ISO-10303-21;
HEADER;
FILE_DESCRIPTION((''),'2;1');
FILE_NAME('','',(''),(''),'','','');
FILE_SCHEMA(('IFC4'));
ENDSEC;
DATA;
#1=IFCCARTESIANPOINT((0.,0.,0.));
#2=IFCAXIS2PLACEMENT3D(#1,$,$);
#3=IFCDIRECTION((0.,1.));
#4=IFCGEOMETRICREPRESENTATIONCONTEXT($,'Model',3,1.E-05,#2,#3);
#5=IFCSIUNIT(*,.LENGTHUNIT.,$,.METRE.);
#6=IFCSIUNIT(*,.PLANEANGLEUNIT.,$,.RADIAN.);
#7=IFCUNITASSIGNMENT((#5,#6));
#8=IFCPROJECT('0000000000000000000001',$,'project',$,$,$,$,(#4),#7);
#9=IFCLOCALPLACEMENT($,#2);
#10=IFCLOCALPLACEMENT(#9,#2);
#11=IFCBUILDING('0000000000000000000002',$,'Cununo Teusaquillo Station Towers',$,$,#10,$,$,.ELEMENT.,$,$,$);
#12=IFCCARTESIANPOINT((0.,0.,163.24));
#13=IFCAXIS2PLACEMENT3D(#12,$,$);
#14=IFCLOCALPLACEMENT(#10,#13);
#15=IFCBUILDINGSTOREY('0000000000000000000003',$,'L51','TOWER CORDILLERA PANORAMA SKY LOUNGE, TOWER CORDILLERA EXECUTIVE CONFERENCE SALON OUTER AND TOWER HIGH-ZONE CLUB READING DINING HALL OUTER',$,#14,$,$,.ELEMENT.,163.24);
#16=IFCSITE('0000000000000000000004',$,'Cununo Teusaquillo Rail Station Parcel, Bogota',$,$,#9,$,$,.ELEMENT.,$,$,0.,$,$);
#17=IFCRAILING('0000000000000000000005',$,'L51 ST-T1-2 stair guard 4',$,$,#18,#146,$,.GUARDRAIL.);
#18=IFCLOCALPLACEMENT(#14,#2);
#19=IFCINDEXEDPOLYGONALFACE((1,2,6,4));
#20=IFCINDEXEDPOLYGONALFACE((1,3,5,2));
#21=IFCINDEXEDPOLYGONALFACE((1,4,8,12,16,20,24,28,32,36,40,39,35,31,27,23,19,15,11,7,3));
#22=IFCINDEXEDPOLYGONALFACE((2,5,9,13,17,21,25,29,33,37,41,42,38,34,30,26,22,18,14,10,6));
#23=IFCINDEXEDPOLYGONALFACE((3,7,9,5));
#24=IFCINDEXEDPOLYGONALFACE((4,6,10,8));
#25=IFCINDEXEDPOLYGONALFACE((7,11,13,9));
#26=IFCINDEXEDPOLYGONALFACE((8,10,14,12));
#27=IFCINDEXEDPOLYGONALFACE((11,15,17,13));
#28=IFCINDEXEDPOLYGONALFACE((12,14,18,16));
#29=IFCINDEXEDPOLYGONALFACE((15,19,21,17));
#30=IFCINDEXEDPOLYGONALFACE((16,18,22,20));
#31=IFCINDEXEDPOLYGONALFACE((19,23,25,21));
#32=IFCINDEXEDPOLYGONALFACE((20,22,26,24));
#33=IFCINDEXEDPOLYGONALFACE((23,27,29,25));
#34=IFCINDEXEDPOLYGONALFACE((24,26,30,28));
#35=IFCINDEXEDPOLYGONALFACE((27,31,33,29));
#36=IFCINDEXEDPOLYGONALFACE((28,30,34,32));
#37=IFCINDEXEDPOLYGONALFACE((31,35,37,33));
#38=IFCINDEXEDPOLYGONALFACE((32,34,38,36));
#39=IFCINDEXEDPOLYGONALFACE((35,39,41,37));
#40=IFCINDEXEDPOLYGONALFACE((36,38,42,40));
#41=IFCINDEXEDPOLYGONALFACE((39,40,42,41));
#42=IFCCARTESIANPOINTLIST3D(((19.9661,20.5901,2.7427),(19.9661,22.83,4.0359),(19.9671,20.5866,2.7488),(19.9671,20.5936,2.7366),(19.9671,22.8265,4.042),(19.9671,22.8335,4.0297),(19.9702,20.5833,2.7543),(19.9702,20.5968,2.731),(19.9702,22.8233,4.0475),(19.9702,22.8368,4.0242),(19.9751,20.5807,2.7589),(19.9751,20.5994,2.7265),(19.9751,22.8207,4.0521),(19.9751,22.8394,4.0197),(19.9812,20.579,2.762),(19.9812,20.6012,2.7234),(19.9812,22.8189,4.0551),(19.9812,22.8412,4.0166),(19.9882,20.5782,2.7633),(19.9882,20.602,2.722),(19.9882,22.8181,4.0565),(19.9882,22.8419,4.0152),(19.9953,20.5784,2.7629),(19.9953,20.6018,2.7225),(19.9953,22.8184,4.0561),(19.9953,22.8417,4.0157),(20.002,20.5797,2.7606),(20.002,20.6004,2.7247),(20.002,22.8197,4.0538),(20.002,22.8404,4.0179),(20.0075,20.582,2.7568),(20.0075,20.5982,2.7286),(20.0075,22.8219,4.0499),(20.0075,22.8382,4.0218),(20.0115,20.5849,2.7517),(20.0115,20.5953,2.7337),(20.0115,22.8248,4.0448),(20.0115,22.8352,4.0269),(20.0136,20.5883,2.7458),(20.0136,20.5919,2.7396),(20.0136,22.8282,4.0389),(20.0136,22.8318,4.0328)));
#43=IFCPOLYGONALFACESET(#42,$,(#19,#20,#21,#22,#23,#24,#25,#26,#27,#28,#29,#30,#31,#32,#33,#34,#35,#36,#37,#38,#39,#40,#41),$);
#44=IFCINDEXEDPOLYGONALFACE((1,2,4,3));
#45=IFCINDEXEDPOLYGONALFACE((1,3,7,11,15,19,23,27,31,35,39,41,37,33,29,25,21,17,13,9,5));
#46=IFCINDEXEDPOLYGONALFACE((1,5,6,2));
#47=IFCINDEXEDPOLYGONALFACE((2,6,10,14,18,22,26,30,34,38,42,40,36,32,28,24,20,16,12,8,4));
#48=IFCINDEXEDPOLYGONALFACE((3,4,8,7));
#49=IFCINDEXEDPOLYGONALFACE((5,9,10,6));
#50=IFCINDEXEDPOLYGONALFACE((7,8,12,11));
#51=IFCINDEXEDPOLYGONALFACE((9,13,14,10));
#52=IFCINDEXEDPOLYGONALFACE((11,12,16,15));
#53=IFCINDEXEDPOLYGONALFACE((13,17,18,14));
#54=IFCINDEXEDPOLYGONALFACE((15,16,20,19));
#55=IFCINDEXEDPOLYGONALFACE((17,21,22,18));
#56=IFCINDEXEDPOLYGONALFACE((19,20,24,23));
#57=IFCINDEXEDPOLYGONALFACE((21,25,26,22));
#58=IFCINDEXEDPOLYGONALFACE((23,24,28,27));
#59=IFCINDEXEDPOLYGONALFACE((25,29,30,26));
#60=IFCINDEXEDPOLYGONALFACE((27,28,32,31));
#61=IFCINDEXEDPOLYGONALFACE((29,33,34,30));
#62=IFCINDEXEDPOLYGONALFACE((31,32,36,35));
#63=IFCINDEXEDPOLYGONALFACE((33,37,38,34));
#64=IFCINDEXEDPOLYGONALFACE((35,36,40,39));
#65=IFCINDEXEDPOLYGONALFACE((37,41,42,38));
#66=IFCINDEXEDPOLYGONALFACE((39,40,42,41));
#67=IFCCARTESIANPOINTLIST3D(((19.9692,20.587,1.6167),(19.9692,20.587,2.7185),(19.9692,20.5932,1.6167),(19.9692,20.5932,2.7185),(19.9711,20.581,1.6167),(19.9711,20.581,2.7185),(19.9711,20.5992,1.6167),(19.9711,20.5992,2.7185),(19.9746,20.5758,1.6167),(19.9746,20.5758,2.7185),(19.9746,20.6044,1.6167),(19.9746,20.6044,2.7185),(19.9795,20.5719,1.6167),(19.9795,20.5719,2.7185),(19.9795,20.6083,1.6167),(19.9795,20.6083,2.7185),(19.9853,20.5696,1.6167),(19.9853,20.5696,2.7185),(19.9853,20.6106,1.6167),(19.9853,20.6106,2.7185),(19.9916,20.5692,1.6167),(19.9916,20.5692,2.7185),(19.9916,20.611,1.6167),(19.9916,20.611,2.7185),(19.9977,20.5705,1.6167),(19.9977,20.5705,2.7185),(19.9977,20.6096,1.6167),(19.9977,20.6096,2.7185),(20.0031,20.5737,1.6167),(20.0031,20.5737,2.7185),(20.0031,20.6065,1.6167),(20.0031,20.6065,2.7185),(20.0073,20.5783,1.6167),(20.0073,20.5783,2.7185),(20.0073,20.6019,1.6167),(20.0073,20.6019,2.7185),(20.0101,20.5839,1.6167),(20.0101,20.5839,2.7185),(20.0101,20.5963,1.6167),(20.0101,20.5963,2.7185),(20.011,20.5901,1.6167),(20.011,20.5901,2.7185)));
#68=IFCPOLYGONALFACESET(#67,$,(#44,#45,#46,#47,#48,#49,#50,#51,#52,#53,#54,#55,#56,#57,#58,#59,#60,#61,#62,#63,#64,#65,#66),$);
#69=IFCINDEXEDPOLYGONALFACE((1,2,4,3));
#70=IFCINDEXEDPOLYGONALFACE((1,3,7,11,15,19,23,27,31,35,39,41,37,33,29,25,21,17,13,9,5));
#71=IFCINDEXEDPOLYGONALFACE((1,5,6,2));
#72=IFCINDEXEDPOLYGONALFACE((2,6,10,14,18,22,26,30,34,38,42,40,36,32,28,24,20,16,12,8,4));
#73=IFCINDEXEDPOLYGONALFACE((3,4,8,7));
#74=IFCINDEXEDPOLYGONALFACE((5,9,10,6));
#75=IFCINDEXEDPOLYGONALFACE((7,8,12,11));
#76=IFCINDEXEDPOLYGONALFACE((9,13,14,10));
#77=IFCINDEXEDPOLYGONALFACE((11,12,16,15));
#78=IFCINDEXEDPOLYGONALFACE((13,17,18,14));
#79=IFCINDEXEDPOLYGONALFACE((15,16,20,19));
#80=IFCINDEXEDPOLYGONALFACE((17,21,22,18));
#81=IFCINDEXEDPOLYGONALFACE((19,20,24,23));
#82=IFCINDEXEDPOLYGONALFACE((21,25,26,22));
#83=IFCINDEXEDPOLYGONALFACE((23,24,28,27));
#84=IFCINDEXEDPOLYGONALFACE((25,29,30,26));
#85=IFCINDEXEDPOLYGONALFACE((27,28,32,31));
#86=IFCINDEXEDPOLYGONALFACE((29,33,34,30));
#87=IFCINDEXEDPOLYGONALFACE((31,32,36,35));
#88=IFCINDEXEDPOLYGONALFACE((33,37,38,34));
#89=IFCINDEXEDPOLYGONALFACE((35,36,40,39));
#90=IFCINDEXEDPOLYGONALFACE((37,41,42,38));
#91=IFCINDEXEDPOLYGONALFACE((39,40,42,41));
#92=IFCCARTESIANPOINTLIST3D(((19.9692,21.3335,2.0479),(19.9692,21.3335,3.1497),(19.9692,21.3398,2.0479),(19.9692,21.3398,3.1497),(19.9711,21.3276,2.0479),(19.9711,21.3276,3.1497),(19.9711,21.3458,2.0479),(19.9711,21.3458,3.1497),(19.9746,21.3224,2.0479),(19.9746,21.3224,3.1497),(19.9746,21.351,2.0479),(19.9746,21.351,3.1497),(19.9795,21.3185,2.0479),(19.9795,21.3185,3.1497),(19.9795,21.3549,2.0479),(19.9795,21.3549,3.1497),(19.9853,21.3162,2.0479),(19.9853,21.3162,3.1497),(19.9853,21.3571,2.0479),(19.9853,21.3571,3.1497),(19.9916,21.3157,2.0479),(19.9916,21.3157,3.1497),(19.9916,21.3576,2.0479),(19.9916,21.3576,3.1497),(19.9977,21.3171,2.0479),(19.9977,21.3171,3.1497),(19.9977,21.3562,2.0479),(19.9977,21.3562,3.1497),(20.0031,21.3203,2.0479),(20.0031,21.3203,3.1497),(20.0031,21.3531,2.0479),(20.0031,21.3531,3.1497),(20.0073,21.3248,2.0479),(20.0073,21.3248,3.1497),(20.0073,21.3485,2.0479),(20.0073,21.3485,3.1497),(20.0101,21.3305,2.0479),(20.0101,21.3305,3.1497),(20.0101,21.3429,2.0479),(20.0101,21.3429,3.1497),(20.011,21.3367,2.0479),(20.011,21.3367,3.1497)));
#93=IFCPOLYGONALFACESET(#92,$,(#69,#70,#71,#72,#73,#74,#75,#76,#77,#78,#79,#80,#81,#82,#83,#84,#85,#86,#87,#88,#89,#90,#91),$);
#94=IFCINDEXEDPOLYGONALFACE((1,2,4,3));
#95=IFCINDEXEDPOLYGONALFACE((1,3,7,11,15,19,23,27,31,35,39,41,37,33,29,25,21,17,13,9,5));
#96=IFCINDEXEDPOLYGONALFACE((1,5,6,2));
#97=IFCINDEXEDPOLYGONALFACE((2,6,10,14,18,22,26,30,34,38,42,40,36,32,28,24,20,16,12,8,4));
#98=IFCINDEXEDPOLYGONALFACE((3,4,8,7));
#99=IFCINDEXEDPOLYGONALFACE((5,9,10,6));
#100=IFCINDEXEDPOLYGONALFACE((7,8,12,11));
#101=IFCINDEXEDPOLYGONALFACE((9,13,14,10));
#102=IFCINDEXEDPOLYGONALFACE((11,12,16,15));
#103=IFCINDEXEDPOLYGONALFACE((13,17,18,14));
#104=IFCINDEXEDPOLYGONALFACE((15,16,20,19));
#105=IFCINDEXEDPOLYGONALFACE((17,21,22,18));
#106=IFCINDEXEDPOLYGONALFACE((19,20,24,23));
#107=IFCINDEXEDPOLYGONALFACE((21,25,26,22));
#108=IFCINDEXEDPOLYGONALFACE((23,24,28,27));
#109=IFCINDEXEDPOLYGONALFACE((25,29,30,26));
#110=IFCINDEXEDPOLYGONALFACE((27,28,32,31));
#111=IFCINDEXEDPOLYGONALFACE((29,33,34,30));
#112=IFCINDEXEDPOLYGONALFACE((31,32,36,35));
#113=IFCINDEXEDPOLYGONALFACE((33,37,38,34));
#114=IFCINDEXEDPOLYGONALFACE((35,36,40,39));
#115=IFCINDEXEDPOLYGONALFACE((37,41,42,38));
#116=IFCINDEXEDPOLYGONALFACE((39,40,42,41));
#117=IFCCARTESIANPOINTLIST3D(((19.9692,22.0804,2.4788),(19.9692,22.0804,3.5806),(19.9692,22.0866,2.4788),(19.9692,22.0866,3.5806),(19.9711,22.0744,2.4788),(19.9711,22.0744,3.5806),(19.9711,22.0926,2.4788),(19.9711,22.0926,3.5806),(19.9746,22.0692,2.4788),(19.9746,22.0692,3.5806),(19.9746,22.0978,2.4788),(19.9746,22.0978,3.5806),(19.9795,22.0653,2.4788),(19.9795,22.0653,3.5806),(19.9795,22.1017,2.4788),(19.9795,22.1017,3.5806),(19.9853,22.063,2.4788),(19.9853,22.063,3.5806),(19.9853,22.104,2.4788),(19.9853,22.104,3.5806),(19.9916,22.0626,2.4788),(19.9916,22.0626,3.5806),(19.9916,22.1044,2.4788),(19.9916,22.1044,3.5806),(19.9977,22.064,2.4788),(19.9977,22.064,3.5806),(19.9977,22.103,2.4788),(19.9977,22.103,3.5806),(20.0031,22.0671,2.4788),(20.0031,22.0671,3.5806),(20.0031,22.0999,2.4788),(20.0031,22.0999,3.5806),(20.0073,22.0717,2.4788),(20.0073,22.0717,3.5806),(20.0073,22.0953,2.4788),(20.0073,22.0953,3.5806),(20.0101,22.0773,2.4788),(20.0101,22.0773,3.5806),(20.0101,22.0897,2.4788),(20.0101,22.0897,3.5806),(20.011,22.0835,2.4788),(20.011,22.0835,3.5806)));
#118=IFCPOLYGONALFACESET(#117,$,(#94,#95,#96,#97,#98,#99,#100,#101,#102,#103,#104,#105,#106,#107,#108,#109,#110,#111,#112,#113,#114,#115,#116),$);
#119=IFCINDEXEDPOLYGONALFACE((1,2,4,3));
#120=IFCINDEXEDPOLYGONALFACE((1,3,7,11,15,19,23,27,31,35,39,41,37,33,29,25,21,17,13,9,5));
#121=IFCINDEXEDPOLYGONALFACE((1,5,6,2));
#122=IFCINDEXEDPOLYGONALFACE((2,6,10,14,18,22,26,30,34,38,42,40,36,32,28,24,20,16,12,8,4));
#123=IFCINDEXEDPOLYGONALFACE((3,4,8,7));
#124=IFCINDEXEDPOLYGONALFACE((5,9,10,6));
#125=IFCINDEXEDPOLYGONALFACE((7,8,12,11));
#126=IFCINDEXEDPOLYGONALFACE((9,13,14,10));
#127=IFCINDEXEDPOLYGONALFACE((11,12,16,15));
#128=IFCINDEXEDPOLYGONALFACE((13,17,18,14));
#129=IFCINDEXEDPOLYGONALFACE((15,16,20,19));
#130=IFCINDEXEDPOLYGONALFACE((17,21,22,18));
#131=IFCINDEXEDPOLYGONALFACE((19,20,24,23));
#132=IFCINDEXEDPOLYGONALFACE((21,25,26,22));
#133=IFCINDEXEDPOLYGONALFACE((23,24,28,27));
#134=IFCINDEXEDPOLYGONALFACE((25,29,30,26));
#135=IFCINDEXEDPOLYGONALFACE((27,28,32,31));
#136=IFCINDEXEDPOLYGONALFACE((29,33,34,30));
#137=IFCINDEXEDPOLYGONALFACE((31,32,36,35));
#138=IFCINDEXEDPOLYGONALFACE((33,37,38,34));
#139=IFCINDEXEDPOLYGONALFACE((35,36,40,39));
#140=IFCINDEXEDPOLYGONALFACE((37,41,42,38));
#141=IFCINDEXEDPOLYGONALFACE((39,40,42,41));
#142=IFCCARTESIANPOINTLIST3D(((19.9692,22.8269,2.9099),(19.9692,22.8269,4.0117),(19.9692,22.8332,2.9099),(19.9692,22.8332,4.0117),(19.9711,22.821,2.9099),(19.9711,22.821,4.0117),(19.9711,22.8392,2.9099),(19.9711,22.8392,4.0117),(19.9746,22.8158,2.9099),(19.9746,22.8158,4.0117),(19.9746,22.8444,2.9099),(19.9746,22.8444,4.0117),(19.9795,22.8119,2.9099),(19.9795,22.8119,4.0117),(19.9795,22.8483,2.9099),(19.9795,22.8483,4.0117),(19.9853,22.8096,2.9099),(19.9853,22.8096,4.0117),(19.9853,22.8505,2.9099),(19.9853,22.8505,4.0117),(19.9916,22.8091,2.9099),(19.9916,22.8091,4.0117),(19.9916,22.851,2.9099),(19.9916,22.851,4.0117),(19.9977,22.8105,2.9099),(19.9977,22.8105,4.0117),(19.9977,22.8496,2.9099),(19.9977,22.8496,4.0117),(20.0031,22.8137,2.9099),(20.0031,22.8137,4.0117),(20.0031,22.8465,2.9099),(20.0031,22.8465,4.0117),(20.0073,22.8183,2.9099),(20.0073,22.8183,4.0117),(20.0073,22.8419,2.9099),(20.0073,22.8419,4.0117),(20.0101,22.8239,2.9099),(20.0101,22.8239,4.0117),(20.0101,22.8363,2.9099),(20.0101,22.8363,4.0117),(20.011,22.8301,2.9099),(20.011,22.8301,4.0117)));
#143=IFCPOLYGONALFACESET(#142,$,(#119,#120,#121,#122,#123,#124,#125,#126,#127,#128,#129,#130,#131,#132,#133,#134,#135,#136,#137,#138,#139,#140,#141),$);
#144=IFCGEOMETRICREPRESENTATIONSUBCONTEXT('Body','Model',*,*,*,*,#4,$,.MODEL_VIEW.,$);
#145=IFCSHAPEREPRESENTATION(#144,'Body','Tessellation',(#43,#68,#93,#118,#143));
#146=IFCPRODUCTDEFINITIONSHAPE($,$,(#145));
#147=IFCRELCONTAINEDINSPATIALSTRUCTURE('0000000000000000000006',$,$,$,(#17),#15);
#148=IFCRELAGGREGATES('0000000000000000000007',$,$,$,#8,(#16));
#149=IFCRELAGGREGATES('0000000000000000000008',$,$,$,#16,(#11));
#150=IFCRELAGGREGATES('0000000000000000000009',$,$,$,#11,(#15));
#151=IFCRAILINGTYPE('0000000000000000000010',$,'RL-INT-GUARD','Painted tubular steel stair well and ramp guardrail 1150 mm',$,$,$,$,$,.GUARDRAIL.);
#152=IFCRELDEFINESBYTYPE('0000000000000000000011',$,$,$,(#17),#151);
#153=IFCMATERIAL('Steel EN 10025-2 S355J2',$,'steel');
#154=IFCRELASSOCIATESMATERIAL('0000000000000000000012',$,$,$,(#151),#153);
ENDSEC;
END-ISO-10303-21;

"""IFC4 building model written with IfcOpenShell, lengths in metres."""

from ifc_helpers import new_model, si_unit, direction, frame, origin, origin_2d, place, context, subcontext, project, spatial, circle, extrude, material, type_object, element, save


model = new_model("IFC4")

# Units and contexts
model_context = context("Model", 3, precision=1e-05, world=origin(), true_north=direction((0.0, 1.0)))
body_context = subcontext(model_context, "Body", "Model", "MODEL_VIEW")
ifc_project = project(units=[si_unit("LENGTHUNIT", "METRE"), si_unit("PLANEANGLEUNIT", "RADIAN")], contexts=[model_context])

# Site, building, storey
site_placement = place(None, origin())
site = spatial("IfcSite", under=ifc_project, at=site_placement, Name="Cununo Teusaquillo Rail Station Parcel, Bogota", CompositionType="ELEMENT", RefElevation=0.0)
building_placement = place(site_placement, origin())
building = spatial("IfcBuilding", under=site, at=building_placement, Name="Cununo Teusaquillo Station Towers", CompositionType="ELEMENT")
storey_placement = place(building_placement, frame((0.0, 0.0, 163.24)))
storey = spatial("IfcBuildingStorey", under=building, at=storey_placement, Name="L51", Description="TOWER CORDILLERA PANORAMA SKY LOUNGE, TOWER CORDILLERA EXECUTIVE CONFERENCE SALON OUTER AND TOWER HIGH-ZONE CLUB READING DINING HALL OUTER", CompositionType="ELEMENT", Elevation=163.24)

# Railing
ifc_material_1 = material(Name="Steel EN 10025-2 S355J2", Category="steel")
railing_type_1 = type_object("IfcRailingType", Name="RL-INT-GUARD", Description="Painted tubular steel stair well and ramp guardrail 1150 mm", PredefinedType="GUARDRAIL", material=ifc_material_1)
railing_1_placement = place(storey_placement, frame((19.99, 20.5901, 1.6167)))
element("IfcRailing", 1, at=railing_1_placement, inside=storey, type_object=railing_type_1, Name="L51 ST-T1-2 stair guard 4", PredefinedType="GUARDRAIL", context=body_context, shape_type="SweptSolid", body=[
    extrude(circle(Radius=0.0239, at=origin_2d()), frame((0.0, 0.0, 1.126), z_axis=(0.0, 0.866033, 0.499987), x_axis=(-1.0, 0.0, 0.0)), (0.0, 0.0, 1.0), 2.5864),
    extrude(circle(Radius=0.021, at=origin_2d()), origin(), (0.0, 0.0, 1.0), 1.1018),
    extrude(circle(Radius=0.021, at=origin_2d()), frame((0.0, 0.7466, 0.4312)), (0.0, 0.0, 1.0), 1.1018),
    extrude(circle(Radius=0.021, at=origin_2d()), frame((0.0, 1.4934, 0.8621)), (0.0, 0.0, 1.0), 1.1018),
    extrude(circle(Radius=0.021, at=origin_2d()), frame((0.0, 2.24, 1.2932)), (0.0, 0.0, 1.0), 1.1018),
])

save(model, "model.ifc")
